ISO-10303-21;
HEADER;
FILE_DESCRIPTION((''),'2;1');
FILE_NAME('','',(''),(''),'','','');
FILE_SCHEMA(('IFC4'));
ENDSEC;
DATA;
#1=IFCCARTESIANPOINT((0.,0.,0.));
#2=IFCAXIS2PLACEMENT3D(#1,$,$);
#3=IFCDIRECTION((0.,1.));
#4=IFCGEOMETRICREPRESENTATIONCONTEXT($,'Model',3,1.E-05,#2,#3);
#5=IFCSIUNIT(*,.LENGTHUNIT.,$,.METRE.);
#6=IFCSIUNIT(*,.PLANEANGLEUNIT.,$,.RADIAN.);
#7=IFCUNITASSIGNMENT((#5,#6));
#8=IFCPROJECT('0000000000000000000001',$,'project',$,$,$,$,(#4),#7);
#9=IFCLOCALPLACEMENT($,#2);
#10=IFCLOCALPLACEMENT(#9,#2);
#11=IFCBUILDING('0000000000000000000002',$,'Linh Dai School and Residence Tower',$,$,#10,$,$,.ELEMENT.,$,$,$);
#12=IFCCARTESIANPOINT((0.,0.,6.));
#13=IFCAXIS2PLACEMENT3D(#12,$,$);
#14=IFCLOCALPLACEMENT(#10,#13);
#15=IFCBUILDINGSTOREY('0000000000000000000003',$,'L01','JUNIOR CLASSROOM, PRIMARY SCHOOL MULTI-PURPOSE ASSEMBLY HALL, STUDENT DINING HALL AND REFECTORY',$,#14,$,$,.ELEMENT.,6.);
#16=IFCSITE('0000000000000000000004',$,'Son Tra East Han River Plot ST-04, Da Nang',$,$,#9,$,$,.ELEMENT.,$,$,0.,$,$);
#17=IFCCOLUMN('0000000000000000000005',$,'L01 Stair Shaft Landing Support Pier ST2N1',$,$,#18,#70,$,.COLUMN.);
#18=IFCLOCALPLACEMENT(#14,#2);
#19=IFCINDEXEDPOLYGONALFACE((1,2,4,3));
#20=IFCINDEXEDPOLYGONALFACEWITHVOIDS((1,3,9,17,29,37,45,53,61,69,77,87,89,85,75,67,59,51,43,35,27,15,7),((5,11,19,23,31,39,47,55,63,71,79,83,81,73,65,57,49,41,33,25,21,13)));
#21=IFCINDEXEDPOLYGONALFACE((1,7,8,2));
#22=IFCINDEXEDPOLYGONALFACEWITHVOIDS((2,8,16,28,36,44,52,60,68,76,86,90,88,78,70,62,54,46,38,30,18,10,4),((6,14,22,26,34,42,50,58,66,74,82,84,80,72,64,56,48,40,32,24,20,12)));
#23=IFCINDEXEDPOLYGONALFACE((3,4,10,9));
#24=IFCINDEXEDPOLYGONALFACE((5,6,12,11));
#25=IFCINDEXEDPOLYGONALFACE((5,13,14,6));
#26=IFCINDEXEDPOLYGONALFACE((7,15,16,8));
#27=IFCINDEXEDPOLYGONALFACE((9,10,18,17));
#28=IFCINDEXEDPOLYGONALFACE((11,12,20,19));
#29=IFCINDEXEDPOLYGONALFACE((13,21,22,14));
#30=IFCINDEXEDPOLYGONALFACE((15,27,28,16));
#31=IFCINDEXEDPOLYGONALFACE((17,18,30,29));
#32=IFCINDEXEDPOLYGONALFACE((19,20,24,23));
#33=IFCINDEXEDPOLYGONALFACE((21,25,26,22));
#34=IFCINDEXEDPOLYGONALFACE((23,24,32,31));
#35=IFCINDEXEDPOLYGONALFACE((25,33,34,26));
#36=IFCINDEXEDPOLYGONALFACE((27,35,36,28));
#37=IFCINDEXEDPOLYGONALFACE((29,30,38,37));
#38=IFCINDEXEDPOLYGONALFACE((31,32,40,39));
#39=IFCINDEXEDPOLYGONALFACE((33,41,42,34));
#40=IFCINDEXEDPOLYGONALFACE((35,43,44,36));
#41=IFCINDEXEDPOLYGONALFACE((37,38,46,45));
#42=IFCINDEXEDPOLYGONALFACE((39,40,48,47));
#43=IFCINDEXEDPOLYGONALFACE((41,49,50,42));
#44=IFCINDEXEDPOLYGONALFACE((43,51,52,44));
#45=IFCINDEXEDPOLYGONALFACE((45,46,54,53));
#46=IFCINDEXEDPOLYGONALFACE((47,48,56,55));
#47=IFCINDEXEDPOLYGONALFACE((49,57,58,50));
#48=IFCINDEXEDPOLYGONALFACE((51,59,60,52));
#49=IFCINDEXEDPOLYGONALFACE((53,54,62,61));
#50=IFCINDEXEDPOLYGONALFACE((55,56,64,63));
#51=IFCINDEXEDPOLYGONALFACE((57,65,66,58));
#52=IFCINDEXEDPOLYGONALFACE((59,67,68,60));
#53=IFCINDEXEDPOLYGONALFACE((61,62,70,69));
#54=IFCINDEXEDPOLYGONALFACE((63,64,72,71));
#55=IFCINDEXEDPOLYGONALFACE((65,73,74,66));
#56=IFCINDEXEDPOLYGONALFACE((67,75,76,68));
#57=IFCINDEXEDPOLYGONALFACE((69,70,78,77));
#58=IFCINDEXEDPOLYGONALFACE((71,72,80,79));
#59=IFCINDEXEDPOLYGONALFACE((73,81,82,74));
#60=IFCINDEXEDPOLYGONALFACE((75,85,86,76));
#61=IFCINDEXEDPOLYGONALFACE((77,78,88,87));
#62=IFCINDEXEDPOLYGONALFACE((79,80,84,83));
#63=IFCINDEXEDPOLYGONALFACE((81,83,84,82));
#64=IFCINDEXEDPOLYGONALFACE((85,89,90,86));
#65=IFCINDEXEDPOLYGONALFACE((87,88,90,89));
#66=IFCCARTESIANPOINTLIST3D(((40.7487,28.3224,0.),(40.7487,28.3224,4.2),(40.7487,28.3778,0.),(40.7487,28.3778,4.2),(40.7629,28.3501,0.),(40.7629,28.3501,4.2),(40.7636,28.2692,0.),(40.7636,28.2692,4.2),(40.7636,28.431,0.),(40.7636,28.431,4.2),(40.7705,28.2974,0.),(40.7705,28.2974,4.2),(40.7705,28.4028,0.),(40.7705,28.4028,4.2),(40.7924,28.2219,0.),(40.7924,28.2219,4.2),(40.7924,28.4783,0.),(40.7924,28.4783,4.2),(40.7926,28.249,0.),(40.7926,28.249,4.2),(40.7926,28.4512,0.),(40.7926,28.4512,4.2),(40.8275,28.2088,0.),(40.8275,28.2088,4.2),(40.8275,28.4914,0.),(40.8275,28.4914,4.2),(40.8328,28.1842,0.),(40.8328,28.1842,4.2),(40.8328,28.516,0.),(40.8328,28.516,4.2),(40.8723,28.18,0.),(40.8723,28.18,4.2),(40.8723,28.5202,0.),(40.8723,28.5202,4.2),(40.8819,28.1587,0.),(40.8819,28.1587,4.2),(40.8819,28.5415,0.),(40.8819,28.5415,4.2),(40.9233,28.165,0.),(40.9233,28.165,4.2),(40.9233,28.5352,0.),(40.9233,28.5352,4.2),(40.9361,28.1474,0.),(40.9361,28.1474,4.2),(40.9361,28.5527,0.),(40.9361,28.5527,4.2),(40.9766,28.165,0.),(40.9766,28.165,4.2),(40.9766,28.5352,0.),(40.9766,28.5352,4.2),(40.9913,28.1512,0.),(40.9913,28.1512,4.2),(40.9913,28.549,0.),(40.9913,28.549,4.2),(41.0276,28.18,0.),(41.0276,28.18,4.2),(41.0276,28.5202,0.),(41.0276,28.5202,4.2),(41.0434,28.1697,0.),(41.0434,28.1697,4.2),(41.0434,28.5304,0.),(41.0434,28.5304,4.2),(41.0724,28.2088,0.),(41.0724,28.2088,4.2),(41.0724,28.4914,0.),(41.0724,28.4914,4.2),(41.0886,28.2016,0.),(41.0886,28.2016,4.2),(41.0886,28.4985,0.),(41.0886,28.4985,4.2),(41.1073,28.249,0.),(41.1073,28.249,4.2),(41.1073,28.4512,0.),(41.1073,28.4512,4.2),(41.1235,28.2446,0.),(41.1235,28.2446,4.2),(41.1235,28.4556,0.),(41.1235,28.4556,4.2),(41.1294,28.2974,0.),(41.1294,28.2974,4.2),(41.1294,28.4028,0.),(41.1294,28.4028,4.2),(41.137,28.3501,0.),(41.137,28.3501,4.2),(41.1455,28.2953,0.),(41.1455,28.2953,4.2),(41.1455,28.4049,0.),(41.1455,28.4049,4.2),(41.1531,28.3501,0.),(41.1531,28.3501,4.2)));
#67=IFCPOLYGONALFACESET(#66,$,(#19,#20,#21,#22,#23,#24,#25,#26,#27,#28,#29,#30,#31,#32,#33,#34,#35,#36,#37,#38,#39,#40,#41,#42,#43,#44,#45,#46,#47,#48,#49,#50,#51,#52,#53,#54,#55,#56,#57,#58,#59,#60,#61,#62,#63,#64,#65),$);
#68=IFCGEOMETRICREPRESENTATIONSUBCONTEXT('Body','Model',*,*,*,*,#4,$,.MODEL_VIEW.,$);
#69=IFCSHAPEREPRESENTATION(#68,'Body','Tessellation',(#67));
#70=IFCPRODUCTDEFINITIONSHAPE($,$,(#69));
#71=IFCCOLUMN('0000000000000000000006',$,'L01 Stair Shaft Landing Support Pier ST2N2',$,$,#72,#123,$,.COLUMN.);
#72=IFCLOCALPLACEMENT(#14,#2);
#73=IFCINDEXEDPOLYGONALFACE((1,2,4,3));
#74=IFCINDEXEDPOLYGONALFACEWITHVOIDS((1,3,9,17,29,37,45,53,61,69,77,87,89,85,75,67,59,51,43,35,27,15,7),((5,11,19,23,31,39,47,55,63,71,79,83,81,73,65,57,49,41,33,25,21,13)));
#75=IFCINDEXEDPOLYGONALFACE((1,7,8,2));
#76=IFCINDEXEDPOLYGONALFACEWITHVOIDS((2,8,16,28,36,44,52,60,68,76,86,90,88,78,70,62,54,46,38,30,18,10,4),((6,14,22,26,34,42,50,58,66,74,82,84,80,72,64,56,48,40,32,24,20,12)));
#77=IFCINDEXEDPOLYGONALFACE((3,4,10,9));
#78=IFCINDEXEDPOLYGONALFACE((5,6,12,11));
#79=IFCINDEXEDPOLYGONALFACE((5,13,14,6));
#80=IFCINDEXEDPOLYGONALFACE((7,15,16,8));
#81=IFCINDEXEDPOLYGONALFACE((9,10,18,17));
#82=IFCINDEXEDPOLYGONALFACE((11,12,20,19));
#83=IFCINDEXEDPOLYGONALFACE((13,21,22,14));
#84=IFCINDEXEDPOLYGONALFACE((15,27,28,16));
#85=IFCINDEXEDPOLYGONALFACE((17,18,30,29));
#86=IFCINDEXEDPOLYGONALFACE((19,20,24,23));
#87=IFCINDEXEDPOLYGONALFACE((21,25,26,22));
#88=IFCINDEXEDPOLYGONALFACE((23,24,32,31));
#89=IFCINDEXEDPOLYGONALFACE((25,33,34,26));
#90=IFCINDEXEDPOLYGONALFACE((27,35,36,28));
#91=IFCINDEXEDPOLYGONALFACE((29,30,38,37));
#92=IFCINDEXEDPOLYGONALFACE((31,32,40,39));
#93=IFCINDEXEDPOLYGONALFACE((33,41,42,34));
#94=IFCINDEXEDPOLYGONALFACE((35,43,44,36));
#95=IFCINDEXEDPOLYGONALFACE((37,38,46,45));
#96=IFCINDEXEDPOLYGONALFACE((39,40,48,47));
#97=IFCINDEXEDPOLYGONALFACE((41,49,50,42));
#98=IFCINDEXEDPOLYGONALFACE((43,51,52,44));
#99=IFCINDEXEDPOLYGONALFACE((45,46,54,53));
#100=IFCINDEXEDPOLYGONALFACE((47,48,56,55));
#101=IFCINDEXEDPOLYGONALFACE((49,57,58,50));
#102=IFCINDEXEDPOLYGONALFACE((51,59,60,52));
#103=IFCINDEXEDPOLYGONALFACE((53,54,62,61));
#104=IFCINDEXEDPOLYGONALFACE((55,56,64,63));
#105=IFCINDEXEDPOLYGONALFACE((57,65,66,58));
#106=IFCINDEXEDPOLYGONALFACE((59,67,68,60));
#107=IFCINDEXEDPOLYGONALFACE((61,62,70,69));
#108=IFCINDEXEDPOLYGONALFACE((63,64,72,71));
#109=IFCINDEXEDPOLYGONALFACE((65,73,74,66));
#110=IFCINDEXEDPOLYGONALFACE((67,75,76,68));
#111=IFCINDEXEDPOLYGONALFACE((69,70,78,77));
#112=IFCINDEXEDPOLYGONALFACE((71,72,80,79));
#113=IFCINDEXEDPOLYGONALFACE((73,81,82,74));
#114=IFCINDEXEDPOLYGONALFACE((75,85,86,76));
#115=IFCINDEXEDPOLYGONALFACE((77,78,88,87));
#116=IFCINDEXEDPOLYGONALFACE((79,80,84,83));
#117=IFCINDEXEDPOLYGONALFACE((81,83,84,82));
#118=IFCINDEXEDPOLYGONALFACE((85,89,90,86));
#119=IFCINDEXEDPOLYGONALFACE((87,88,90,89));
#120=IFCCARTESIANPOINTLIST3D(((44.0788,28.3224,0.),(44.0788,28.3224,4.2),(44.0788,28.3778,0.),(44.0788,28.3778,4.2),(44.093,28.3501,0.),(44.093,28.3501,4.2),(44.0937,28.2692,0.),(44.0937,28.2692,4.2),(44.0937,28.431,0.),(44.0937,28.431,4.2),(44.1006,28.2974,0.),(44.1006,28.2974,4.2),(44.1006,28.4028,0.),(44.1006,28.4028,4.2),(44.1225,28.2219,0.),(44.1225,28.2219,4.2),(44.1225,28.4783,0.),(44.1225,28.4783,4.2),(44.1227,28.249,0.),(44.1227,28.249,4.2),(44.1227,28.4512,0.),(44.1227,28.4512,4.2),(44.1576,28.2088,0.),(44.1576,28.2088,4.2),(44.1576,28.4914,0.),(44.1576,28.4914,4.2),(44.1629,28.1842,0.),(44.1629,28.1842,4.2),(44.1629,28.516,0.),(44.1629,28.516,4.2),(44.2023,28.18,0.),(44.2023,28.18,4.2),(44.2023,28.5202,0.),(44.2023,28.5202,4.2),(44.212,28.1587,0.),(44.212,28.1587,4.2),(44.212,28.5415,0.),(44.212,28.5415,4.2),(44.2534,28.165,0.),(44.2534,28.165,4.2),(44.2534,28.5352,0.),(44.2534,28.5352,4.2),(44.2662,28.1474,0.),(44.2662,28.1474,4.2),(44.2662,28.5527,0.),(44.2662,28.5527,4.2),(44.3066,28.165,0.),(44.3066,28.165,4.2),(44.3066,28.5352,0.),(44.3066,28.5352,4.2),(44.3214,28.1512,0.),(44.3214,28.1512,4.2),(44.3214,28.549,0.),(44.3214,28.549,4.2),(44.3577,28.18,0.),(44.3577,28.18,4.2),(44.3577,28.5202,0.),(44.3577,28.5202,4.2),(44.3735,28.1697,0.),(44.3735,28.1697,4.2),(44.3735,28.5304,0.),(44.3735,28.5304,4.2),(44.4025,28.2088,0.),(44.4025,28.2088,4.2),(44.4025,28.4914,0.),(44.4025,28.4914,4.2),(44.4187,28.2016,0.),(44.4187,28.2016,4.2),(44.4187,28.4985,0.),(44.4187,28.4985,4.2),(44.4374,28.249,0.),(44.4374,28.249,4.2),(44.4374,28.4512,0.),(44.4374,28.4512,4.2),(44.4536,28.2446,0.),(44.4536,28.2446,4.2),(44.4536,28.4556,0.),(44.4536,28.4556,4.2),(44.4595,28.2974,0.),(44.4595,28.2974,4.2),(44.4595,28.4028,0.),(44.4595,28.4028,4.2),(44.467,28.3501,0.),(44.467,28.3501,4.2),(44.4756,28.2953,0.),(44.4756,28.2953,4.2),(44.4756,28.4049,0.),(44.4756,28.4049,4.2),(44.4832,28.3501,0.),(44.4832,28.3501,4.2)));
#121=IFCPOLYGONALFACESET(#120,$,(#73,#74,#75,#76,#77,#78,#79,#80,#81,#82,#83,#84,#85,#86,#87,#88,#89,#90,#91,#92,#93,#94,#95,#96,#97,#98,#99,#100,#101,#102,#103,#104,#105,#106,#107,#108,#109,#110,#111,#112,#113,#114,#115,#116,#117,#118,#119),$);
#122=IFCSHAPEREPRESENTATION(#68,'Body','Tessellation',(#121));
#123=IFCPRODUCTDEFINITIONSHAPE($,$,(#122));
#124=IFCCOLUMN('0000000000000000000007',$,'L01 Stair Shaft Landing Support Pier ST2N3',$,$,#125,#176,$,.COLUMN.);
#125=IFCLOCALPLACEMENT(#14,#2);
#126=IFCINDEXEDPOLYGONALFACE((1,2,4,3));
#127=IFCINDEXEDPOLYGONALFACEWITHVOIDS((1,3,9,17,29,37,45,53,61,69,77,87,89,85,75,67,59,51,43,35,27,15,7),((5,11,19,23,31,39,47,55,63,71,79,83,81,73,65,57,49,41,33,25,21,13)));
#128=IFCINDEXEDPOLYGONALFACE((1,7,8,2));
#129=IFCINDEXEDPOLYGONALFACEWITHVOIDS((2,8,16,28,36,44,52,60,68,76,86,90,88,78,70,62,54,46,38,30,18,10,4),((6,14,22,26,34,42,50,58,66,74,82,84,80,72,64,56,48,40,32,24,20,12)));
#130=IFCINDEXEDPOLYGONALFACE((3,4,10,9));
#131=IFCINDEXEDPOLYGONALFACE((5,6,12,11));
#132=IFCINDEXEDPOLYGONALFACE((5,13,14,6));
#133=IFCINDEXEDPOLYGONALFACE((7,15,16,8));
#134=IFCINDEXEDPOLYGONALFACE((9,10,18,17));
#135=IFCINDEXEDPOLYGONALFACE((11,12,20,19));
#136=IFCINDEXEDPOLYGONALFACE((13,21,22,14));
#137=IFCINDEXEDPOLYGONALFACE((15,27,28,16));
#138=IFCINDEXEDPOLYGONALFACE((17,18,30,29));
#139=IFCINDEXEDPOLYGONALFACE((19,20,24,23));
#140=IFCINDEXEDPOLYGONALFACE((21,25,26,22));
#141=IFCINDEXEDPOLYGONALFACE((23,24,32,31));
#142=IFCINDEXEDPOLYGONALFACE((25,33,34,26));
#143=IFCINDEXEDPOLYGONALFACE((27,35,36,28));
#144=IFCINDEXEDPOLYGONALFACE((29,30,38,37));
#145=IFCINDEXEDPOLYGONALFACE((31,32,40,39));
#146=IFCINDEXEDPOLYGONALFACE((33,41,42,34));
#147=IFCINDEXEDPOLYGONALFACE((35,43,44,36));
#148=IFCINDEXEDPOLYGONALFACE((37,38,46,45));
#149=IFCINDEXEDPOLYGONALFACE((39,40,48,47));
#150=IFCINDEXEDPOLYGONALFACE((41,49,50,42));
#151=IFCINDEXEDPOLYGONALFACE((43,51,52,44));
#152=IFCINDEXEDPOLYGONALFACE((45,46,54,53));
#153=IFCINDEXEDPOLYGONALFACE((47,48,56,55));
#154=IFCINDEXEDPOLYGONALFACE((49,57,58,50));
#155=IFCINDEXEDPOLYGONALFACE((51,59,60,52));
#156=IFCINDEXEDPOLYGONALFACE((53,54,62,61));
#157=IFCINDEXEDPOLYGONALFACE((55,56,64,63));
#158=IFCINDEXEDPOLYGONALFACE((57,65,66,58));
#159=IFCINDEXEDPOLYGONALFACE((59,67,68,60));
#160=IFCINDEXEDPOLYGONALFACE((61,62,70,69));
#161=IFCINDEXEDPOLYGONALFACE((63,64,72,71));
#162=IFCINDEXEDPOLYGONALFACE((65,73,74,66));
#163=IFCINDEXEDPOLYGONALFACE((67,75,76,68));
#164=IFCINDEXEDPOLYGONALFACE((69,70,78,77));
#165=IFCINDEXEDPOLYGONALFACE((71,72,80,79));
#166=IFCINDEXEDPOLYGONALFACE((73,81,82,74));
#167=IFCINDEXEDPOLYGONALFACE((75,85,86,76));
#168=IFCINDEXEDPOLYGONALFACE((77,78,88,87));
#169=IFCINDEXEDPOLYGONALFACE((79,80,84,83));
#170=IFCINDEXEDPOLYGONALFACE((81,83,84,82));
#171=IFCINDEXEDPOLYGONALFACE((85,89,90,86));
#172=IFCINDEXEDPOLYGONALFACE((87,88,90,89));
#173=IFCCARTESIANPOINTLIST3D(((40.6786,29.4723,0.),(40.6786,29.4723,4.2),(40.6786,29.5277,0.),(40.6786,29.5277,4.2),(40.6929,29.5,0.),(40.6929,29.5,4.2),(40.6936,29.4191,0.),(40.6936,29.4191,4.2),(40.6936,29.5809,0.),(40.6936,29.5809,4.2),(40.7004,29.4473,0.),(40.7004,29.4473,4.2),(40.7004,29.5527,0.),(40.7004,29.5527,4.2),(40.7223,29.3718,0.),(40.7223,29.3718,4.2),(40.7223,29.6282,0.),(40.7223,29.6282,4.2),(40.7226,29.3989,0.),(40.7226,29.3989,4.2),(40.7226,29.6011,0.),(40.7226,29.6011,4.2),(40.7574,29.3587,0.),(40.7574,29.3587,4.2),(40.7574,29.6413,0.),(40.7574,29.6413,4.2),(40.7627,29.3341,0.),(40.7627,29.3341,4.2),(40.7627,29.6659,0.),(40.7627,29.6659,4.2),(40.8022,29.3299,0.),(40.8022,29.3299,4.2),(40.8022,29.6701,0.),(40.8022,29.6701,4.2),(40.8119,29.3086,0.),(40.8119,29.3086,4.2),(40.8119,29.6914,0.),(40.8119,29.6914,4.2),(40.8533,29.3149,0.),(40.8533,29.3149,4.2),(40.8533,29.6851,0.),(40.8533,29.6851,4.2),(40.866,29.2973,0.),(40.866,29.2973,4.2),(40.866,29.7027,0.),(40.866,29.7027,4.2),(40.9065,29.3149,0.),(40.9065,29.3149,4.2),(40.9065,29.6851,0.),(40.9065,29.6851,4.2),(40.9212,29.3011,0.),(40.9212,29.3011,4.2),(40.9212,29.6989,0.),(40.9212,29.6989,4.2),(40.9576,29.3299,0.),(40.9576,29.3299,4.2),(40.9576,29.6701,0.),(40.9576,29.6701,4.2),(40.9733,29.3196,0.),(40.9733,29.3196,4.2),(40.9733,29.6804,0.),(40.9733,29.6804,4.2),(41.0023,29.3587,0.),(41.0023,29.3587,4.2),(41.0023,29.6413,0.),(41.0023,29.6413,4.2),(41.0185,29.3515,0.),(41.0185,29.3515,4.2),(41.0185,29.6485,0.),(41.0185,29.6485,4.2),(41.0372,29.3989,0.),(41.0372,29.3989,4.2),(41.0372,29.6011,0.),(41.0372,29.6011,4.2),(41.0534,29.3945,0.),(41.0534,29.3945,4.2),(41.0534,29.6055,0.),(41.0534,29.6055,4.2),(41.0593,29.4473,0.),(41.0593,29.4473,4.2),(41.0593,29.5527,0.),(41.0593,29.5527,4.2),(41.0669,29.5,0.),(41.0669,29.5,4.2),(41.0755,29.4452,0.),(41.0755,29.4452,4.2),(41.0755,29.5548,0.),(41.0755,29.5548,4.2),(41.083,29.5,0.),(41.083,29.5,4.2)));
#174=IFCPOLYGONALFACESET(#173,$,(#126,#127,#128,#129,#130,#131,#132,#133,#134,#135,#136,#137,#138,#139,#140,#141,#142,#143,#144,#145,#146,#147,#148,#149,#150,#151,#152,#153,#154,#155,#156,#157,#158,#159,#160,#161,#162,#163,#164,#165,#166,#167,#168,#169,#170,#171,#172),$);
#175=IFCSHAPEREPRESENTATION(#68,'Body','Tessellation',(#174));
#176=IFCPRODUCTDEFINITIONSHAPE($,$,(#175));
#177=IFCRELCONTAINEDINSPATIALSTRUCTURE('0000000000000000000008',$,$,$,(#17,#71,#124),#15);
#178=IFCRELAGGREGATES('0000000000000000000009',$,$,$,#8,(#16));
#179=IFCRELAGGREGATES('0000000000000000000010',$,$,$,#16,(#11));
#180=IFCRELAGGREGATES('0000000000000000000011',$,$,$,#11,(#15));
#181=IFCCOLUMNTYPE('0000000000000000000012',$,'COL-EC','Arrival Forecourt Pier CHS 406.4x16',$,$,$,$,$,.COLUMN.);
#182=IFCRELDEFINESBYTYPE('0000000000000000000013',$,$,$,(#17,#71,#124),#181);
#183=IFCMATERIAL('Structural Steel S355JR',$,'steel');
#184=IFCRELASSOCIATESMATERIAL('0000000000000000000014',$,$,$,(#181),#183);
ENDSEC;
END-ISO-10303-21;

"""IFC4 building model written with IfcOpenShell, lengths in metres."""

from ifc_helpers import new_model, si_unit, direction, frame, origin, origin_2d, place, context, subcontext, project, spatial, hollow_circle, extrude, material, material_profile, profile_set, type_object, element, save


model = new_model("IFC4")

# Units and contexts
model_context = context("Model", 3, precision=1e-05, world=origin(), true_north=direction((0.0, 1.0)))
body_context = subcontext(model_context, "Body", "Model", "MODEL_VIEW")
ifc_project = project(units=[si_unit("LENGTHUNIT", "METRE"), si_unit("PLANEANGLEUNIT", "RADIAN")], contexts=[model_context])

# Site, building, storey
site_placement = place(None, origin())
site = spatial("IfcSite", under=ifc_project, at=site_placement, Name="Son Tra East Han River Plot ST-04, Da Nang", CompositionType="ELEMENT", RefElevation=0.0)
building_placement = place(site_placement, origin())
building = spatial("IfcBuilding", under=site, at=building_placement, Name="Linh Dai School and Residence Tower", CompositionType="ELEMENT")
storey_placement = place(building_placement, frame((0.0, 0.0, 6.0)))
storey = spatial("IfcBuildingStorey", under=building, at=storey_placement, Name="L01", Description="JUNIOR CLASSROOM, PRIMARY SCHOOL MULTI-PURPOSE ASSEMBLY HALL, STUDENT DINING HALL AND REFECTORY", CompositionType="ELEMENT", Elevation=6.0)

# Columns
ifc_material_1 = material(Name="Structural Steel S355JR", Category="steel")
ifc_material_profile_1 = material_profile(ifc_material_1, hollow_circle(Radius=0.2031, WallThickness=0.0161, at=origin_2d()), Name="CHS 406.4x16")
ifc_profile_set_1 = profile_set([ifc_material_profile_1], Name="Structural Steel S355JR")
column_type_1 = type_object("IfcColumnType", Name="COL-EC", Description="Arrival Forecourt Pier CHS 406.4x16", PredefinedType="COLUMN", material=ifc_profile_set_1)
for number, where, z_axis, x_axis, name in (
    (1, (40.95, 28.3501, 0.0), (0.0, 0.0, 1.0), (1.0, 0.0, 0.0), "L01 Stair Shaft Landing Support Pier ST2N1"),
    (2, (44.28, 28.3501, 0.0), (0.0, 0.0, 1.0), (1.0, 0.0, 0.0), "L01 Stair Shaft Landing Support Pier ST2N2"),
    (3, (40.8799, 29.5, 0.0), (0.0, 0.0, 1.0), (1.0, 0.0, 0.0), "L01 Stair Shaft Landing Support Pier ST2N3"),
):
    element("IfcColumn", number, at=place(storey_placement, frame(where, z_axis=z_axis, x_axis=x_axis)), inside=storey, type_object=column_type_1, Name=name, PredefinedType="COLUMN", context=body_context, shape_type="SweptSolid", body=[
        extrude(hollow_circle(Radius=0.2031, WallThickness=0.0161, at=origin_2d()), origin(), (0.0, 0.0, 1.0), 4.2),
    ])

save(model, "model.ifc")
